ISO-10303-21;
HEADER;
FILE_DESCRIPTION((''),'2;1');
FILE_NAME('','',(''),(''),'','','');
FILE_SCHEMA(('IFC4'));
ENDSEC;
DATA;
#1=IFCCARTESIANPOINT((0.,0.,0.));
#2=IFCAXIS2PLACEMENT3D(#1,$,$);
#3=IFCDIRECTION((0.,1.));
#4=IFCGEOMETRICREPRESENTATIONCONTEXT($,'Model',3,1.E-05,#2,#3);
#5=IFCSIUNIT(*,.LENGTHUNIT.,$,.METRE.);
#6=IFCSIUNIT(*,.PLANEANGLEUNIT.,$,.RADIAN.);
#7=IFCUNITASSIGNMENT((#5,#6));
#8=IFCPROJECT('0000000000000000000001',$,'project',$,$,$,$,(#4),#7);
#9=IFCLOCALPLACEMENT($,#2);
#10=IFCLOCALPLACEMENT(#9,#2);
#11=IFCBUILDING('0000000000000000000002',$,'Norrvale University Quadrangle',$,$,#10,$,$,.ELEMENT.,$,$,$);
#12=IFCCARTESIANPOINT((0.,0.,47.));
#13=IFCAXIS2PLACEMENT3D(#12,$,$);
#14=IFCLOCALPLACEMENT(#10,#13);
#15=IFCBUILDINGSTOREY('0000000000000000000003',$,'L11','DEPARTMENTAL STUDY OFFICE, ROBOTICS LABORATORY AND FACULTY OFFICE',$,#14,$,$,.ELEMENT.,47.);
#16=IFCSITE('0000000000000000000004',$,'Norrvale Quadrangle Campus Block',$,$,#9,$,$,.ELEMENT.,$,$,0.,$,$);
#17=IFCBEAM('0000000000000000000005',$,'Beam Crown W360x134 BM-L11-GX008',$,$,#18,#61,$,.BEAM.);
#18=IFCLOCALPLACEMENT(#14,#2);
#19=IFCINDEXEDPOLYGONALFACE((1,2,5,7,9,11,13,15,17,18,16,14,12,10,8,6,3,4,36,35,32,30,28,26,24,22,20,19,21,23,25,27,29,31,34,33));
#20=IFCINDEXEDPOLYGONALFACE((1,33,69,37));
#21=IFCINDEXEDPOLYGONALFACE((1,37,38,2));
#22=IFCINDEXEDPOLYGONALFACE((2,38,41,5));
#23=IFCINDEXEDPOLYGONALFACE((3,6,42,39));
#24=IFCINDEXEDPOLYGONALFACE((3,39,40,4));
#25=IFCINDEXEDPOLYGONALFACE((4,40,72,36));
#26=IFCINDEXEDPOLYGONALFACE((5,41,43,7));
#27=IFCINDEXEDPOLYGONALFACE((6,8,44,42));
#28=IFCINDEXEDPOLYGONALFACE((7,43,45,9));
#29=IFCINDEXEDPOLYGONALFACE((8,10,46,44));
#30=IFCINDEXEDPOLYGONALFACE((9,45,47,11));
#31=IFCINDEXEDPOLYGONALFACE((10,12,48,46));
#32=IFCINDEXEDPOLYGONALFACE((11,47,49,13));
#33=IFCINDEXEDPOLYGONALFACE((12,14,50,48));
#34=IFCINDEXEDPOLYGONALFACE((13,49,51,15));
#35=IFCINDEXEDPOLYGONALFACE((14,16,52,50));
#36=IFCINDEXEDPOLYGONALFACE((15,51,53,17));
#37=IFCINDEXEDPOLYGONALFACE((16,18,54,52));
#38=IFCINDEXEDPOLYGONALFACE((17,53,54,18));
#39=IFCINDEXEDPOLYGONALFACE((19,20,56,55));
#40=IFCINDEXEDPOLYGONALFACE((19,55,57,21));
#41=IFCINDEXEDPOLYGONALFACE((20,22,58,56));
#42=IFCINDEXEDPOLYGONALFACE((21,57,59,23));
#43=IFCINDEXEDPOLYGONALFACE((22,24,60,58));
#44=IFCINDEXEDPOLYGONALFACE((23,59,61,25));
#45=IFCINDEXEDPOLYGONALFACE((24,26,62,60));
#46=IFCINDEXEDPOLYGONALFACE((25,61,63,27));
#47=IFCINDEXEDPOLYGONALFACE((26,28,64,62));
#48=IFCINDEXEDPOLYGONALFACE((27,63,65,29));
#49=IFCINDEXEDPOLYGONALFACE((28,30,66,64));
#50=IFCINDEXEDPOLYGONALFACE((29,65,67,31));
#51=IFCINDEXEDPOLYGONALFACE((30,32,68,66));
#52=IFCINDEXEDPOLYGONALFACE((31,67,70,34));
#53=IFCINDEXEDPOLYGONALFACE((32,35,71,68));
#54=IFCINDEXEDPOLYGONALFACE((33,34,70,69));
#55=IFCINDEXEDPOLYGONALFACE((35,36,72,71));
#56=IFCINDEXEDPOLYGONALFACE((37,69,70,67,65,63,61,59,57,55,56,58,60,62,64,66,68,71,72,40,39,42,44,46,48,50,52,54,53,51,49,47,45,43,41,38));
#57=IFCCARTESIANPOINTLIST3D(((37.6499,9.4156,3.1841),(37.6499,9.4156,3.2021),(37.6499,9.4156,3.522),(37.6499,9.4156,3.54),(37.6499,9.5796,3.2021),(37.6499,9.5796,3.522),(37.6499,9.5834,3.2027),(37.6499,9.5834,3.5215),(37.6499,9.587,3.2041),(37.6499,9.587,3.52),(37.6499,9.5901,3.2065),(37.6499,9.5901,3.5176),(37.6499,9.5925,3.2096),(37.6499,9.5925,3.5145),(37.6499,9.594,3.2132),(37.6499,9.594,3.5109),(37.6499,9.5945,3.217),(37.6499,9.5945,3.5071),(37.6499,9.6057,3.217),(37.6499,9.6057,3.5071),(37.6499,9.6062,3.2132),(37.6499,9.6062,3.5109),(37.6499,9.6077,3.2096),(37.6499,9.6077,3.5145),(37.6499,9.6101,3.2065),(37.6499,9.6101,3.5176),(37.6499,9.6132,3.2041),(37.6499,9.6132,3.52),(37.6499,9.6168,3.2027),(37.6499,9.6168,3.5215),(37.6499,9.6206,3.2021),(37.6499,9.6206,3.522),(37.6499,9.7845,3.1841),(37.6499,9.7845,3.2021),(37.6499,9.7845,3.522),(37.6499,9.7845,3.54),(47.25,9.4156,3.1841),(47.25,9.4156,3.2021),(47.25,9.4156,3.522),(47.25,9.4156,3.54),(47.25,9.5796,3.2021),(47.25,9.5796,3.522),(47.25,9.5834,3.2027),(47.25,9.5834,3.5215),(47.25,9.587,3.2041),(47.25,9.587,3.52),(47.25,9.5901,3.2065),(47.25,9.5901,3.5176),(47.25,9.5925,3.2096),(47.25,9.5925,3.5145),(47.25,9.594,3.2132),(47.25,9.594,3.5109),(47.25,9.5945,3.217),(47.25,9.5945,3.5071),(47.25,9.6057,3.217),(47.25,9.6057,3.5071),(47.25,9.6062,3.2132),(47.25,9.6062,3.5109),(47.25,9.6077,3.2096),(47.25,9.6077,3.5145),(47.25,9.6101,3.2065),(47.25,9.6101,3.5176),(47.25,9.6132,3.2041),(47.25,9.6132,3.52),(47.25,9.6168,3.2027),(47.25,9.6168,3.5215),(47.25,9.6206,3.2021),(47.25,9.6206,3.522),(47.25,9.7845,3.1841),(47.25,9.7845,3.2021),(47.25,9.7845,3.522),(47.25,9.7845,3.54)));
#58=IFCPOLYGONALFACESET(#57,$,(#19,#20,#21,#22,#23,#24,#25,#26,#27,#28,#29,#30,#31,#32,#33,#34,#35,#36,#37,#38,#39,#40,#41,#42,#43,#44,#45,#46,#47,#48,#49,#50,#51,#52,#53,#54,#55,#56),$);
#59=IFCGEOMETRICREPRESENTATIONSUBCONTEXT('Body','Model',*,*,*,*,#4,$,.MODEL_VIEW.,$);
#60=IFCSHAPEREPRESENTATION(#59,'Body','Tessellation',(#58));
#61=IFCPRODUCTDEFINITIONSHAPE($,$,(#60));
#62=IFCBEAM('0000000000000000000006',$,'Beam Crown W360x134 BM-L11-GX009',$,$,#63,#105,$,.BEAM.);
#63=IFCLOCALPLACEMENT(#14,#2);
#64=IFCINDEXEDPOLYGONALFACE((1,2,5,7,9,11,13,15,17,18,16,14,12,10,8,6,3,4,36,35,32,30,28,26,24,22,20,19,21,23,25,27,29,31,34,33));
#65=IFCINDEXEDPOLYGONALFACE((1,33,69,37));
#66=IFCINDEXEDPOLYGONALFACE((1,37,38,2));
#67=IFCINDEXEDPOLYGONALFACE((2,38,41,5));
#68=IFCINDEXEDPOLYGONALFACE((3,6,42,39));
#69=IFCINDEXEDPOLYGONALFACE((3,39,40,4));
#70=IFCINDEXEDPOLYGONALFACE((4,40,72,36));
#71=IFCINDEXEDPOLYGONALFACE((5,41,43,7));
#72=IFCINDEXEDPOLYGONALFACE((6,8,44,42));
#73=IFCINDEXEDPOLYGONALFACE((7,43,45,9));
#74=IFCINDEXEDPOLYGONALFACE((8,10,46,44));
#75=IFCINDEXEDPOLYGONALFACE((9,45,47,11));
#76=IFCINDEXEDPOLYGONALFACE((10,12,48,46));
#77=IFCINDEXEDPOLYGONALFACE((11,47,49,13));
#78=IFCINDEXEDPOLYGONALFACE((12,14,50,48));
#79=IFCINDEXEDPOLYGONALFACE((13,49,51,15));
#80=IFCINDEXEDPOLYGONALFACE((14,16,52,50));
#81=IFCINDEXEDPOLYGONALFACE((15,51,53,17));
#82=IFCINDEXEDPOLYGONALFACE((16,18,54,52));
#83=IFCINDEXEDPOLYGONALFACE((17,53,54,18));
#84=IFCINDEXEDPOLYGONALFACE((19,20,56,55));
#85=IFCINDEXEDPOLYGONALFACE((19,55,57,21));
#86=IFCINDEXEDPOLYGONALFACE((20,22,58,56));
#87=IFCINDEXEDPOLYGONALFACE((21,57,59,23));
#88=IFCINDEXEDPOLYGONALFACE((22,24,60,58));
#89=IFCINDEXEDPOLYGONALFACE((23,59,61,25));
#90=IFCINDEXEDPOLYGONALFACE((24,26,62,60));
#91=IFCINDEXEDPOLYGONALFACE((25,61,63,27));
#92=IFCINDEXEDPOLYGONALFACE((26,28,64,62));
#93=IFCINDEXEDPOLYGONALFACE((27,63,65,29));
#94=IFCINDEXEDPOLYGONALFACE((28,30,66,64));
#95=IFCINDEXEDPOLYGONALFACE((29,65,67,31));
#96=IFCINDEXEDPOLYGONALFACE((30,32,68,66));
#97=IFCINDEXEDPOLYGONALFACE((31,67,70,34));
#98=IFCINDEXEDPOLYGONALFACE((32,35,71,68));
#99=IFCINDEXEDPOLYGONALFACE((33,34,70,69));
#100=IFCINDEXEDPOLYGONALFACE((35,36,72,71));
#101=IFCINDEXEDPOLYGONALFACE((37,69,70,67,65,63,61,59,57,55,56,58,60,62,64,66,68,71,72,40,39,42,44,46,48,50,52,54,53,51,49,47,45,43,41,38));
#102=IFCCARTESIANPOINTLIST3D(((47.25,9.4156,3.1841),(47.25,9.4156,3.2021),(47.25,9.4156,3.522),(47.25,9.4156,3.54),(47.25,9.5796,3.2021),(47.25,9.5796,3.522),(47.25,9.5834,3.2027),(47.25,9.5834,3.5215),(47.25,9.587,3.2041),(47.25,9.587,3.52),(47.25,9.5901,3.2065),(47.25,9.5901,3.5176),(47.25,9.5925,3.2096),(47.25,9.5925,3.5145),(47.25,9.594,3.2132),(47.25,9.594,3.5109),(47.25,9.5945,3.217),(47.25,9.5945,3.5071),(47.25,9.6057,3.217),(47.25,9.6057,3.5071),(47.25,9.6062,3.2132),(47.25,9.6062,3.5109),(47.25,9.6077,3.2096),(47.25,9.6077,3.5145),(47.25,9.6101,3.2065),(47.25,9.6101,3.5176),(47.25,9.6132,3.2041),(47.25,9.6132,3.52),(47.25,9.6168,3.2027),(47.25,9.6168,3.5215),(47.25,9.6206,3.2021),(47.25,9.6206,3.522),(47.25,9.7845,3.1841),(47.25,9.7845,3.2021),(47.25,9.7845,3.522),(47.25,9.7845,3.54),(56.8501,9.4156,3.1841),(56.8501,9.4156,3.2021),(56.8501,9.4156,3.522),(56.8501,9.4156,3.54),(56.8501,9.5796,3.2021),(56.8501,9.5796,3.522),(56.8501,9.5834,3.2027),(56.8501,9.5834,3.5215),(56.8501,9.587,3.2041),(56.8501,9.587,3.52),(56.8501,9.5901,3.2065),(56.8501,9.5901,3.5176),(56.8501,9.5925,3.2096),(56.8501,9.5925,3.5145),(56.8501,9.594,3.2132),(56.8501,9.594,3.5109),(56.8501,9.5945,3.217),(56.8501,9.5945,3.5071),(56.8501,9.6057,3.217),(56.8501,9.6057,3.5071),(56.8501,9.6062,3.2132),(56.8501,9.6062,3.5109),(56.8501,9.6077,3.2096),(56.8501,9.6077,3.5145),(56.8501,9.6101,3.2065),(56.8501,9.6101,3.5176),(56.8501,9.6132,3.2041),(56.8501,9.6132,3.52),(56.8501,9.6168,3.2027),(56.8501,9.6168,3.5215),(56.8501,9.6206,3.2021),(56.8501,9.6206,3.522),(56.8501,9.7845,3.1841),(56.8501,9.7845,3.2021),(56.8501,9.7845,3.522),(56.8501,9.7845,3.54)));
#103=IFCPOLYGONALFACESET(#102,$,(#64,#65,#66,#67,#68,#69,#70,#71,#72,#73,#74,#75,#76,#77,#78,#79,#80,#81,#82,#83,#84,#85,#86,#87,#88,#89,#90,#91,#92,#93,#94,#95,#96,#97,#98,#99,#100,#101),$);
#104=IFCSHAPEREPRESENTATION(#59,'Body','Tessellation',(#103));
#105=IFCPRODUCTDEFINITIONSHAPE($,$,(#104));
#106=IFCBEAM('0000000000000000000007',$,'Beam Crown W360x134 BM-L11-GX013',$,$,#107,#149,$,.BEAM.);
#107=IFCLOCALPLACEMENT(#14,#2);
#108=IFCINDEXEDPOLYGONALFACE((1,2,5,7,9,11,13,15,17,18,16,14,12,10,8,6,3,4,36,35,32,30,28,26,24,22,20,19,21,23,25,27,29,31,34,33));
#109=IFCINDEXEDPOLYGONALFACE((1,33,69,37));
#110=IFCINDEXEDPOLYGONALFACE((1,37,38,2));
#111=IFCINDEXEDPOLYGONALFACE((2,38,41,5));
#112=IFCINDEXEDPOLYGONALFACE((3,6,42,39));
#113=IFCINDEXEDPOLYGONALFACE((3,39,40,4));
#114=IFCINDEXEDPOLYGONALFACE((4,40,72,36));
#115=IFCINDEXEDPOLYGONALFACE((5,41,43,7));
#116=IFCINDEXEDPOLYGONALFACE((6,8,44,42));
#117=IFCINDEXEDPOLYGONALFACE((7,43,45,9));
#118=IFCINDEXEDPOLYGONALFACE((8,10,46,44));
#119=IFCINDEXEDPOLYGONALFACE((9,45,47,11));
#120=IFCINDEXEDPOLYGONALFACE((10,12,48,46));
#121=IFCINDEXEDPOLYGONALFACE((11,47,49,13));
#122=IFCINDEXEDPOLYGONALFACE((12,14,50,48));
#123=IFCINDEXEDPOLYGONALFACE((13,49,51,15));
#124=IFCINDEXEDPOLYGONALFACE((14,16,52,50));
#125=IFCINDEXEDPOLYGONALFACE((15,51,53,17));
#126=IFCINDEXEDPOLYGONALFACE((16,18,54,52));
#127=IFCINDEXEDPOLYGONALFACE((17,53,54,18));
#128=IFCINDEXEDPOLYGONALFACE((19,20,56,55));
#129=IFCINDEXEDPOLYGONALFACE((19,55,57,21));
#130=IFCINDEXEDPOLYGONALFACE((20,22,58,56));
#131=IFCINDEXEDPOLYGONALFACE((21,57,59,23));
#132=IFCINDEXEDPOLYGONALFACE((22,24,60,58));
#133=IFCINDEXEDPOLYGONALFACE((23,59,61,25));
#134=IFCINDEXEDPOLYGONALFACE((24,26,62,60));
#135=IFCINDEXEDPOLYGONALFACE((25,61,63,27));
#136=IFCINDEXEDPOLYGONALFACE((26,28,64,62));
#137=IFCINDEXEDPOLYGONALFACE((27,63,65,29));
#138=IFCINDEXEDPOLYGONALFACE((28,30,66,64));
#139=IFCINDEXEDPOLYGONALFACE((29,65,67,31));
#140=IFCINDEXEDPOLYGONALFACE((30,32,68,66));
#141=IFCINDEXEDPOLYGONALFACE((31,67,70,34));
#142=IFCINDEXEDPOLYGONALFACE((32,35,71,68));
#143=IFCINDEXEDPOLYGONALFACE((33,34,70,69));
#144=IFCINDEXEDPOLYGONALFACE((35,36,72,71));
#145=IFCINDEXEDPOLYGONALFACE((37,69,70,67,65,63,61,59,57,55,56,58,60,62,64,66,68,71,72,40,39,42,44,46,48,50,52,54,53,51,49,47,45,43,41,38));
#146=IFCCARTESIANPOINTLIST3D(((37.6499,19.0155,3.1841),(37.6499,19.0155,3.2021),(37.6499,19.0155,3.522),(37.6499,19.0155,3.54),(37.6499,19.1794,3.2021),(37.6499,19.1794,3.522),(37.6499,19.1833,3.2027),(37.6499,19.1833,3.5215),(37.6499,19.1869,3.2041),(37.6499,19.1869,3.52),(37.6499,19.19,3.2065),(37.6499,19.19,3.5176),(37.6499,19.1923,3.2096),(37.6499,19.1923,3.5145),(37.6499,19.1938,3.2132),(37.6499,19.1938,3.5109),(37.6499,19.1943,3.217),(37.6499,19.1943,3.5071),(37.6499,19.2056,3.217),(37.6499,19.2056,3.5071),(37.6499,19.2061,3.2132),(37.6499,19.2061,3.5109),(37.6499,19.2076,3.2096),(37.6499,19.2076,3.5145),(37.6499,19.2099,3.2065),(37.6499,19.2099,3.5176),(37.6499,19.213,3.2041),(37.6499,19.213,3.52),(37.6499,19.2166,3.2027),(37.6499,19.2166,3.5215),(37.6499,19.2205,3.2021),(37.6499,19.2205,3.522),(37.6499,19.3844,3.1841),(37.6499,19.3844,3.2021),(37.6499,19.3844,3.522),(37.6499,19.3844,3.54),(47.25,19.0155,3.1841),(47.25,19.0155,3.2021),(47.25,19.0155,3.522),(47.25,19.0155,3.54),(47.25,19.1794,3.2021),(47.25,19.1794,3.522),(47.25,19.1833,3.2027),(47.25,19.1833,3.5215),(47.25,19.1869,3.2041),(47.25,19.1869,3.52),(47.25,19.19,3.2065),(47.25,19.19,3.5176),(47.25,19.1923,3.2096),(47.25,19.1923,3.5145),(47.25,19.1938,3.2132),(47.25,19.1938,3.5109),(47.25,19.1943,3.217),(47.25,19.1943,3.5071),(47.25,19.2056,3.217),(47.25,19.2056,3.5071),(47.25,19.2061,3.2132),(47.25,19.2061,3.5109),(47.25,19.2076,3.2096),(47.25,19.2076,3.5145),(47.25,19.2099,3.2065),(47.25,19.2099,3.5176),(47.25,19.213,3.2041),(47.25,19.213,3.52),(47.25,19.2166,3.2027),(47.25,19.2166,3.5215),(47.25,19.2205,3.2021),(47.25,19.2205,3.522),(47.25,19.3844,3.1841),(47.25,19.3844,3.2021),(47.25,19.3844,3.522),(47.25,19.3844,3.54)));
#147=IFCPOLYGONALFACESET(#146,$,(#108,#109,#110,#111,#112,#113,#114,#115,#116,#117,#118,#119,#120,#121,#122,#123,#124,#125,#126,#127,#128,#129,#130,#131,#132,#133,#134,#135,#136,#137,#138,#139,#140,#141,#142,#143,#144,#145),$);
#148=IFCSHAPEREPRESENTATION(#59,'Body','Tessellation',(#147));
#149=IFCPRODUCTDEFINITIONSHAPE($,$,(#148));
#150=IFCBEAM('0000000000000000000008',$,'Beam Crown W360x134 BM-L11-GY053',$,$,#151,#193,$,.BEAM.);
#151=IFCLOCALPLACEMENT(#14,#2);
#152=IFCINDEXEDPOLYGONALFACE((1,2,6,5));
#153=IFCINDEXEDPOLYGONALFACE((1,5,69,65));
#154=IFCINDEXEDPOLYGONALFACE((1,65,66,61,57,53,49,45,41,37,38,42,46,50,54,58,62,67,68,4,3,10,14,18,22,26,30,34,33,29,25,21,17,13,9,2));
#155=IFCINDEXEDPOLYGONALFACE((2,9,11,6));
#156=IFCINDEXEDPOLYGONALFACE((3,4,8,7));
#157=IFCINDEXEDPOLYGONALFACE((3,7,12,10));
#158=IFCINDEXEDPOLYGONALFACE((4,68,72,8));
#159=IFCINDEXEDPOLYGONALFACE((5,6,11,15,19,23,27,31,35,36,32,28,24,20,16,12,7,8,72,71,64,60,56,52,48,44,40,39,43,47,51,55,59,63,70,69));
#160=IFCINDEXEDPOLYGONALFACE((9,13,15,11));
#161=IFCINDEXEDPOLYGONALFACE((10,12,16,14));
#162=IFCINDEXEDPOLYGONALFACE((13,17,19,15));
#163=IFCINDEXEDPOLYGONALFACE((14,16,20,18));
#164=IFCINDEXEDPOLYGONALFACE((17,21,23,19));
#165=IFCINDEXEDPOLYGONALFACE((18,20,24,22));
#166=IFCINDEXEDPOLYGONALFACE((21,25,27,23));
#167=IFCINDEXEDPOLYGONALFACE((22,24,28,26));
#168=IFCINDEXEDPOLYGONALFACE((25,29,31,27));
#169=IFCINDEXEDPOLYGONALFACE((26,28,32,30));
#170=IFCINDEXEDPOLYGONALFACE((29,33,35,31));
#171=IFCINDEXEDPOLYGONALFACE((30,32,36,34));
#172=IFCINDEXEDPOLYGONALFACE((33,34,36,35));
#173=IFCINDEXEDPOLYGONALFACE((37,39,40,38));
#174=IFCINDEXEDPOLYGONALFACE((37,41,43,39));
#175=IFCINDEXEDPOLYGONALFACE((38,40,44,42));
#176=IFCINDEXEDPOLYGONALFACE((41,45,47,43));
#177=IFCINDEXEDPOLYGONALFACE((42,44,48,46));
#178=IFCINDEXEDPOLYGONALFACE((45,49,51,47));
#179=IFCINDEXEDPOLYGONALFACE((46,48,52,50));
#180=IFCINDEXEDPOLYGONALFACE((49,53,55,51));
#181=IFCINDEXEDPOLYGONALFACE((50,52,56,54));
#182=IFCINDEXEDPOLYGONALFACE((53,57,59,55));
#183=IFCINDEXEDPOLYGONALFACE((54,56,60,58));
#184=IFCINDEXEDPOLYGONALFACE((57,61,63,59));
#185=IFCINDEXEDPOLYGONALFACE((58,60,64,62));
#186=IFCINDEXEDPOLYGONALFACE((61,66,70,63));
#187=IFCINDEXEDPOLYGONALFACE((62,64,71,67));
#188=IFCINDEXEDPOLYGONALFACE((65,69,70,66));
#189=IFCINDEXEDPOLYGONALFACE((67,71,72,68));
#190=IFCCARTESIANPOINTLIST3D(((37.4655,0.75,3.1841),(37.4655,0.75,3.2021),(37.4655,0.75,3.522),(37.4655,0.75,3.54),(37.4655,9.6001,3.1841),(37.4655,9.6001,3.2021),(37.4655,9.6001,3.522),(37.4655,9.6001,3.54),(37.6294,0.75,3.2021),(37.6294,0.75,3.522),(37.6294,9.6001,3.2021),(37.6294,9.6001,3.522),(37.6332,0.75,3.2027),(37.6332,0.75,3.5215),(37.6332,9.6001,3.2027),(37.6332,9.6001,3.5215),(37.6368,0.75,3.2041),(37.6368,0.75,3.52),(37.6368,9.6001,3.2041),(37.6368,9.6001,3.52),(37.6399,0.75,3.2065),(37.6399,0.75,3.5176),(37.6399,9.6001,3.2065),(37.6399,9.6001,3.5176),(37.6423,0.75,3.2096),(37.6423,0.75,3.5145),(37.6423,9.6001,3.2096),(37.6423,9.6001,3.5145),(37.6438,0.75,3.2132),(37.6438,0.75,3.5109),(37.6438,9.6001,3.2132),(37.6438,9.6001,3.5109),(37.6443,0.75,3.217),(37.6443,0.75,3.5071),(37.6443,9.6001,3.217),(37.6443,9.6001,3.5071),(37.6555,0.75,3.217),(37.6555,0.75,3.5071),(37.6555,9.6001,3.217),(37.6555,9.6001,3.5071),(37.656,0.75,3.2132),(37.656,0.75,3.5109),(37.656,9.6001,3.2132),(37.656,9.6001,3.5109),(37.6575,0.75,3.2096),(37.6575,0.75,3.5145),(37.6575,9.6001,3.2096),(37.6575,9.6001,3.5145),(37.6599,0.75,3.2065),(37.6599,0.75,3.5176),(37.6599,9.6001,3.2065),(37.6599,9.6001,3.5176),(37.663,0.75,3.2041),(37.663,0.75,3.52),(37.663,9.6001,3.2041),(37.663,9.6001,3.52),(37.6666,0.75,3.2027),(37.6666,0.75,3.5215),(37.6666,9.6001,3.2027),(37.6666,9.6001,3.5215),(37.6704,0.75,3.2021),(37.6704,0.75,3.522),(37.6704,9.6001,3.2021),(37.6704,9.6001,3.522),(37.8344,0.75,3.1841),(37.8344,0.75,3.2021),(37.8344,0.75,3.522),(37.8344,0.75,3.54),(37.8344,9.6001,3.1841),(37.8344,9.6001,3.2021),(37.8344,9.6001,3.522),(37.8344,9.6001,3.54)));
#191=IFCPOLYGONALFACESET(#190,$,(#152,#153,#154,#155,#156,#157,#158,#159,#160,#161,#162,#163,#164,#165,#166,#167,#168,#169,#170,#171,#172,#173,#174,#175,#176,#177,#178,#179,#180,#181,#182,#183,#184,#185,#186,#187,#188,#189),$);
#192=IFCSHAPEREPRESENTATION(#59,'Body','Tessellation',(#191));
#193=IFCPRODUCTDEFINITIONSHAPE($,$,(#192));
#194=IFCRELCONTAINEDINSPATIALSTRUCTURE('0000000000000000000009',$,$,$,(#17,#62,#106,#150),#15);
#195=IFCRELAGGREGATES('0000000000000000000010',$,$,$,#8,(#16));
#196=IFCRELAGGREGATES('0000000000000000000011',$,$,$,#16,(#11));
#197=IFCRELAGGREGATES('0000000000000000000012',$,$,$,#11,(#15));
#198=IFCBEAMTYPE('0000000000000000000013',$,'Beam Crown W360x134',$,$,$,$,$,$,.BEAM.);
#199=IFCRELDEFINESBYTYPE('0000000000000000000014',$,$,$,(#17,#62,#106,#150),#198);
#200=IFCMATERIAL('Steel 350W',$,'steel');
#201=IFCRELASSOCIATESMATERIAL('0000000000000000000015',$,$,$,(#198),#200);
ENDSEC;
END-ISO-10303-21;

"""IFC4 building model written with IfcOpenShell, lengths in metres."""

from ifc_helpers import new_model, si_unit, direction, frame, origin, origin_2d, place, context, subcontext, project, spatial, i_section, extrude, material, material_profile, profile_set, type_object, element, save


model = new_model("IFC4")

# Units and contexts
model_context = context("Model", 3, precision=1e-05, world=origin(), true_north=direction((0.0, 1.0)))
body_context = subcontext(model_context, "Body", "Model", "MODEL_VIEW")
ifc_project = project(units=[si_unit("LENGTHUNIT", "METRE"), si_unit("PLANEANGLEUNIT", "RADIAN")], contexts=[model_context])

# Site, building, storey
site_placement = place(None, origin())
site = spatial("IfcSite", under=ifc_project, at=site_placement, Name="Norrvale Quadrangle Campus Block", CompositionType="ELEMENT", RefElevation=0.0)
building_placement = place(site_placement, origin())
building = spatial("IfcBuilding", under=site, at=building_placement, Name="Norrvale University Quadrangle", CompositionType="ELEMENT")
storey_placement = place(building_placement, frame((0.0, 0.0, 47.0)))
storey = spatial("IfcBuildingStorey", under=building, at=storey_placement, Name="L11", Description="DEPARTMENTAL STUDY OFFICE, ROBOTICS LABORATORY AND FACULTY OFFICE", CompositionType="ELEMENT", Elevation=47.0)

# Beams
ifc_material_1 = material(Name="Steel 350W", Category="steel")
ifc_material_profile_1 = material_profile(ifc_material_1, i_section(OverallWidth=0.3689, OverallDepth=0.356, WebThickness=0.0112, FlangeThickness=0.0181, FilletRadius=0.0149, at=origin_2d()), Name="Steel 350W")
ifc_profile_set_1 = profile_set([ifc_material_profile_1], Name="Steel 350W")
beam_type_1 = type_object("IfcBeamType", Name="Beam Crown W360x134", PredefinedType="BEAM", material=ifc_profile_set_1)
for number, where, z_axis, x_axis, name in (
    (1, (37.6499, 9.6001, 3.3621), (1.0, 0.0, 0.0), (0.0, 1.0, 0.0), "Beam Crown W360x134 BM-L11-GX008"),
    (2, (47.25, 9.6001, 3.3621), (1.0, 0.0, 0.0), (0.0, 1.0, 0.0), "Beam Crown W360x134 BM-L11-GX009"),
    (3, (37.6499, 19.2, 3.3621), (1.0, 0.0, 0.0), (0.0, 1.0, 0.0), "Beam Crown W360x134 BM-L11-GX013"),
):
    element("IfcBeam", number, at=place(storey_placement, frame(where, z_axis=z_axis, x_axis=x_axis)), inside=storey, type_object=beam_type_1, Name=name, PredefinedType="BEAM", context=body_context, shape_type="SweptSolid", body=[
        extrude(i_section(OverallWidth=0.3689, OverallDepth=0.356, WebThickness=0.0112, FlangeThickness=0.0181, FilletRadius=0.0149, at=origin_2d()), origin(), (0.0, 0.0, 1.0), 9.6001),
    ])
beam_1_placement = place(storey_placement, frame((37.6499, 0.75, 3.3621), z_axis=(0.0, 1.0, 0.0), x_axis=(-1.0, 0.0, 0.0)))
element("IfcBeam", 4, at=beam_1_placement, inside=storey, type_object=beam_type_1, Name="Beam Crown W360x134 BM-L11-GY053", PredefinedType="BEAM", context=body_context, shape_type="SweptSolid", body=[
    extrude(i_section(OverallWidth=0.3689, OverallDepth=0.356, WebThickness=0.0112, FlangeThickness=0.0181, FilletRadius=0.0149, at=origin_2d()), origin(), (0.0, 0.0, 1.0), 8.8501),
])

save(model, "model.ifc")
